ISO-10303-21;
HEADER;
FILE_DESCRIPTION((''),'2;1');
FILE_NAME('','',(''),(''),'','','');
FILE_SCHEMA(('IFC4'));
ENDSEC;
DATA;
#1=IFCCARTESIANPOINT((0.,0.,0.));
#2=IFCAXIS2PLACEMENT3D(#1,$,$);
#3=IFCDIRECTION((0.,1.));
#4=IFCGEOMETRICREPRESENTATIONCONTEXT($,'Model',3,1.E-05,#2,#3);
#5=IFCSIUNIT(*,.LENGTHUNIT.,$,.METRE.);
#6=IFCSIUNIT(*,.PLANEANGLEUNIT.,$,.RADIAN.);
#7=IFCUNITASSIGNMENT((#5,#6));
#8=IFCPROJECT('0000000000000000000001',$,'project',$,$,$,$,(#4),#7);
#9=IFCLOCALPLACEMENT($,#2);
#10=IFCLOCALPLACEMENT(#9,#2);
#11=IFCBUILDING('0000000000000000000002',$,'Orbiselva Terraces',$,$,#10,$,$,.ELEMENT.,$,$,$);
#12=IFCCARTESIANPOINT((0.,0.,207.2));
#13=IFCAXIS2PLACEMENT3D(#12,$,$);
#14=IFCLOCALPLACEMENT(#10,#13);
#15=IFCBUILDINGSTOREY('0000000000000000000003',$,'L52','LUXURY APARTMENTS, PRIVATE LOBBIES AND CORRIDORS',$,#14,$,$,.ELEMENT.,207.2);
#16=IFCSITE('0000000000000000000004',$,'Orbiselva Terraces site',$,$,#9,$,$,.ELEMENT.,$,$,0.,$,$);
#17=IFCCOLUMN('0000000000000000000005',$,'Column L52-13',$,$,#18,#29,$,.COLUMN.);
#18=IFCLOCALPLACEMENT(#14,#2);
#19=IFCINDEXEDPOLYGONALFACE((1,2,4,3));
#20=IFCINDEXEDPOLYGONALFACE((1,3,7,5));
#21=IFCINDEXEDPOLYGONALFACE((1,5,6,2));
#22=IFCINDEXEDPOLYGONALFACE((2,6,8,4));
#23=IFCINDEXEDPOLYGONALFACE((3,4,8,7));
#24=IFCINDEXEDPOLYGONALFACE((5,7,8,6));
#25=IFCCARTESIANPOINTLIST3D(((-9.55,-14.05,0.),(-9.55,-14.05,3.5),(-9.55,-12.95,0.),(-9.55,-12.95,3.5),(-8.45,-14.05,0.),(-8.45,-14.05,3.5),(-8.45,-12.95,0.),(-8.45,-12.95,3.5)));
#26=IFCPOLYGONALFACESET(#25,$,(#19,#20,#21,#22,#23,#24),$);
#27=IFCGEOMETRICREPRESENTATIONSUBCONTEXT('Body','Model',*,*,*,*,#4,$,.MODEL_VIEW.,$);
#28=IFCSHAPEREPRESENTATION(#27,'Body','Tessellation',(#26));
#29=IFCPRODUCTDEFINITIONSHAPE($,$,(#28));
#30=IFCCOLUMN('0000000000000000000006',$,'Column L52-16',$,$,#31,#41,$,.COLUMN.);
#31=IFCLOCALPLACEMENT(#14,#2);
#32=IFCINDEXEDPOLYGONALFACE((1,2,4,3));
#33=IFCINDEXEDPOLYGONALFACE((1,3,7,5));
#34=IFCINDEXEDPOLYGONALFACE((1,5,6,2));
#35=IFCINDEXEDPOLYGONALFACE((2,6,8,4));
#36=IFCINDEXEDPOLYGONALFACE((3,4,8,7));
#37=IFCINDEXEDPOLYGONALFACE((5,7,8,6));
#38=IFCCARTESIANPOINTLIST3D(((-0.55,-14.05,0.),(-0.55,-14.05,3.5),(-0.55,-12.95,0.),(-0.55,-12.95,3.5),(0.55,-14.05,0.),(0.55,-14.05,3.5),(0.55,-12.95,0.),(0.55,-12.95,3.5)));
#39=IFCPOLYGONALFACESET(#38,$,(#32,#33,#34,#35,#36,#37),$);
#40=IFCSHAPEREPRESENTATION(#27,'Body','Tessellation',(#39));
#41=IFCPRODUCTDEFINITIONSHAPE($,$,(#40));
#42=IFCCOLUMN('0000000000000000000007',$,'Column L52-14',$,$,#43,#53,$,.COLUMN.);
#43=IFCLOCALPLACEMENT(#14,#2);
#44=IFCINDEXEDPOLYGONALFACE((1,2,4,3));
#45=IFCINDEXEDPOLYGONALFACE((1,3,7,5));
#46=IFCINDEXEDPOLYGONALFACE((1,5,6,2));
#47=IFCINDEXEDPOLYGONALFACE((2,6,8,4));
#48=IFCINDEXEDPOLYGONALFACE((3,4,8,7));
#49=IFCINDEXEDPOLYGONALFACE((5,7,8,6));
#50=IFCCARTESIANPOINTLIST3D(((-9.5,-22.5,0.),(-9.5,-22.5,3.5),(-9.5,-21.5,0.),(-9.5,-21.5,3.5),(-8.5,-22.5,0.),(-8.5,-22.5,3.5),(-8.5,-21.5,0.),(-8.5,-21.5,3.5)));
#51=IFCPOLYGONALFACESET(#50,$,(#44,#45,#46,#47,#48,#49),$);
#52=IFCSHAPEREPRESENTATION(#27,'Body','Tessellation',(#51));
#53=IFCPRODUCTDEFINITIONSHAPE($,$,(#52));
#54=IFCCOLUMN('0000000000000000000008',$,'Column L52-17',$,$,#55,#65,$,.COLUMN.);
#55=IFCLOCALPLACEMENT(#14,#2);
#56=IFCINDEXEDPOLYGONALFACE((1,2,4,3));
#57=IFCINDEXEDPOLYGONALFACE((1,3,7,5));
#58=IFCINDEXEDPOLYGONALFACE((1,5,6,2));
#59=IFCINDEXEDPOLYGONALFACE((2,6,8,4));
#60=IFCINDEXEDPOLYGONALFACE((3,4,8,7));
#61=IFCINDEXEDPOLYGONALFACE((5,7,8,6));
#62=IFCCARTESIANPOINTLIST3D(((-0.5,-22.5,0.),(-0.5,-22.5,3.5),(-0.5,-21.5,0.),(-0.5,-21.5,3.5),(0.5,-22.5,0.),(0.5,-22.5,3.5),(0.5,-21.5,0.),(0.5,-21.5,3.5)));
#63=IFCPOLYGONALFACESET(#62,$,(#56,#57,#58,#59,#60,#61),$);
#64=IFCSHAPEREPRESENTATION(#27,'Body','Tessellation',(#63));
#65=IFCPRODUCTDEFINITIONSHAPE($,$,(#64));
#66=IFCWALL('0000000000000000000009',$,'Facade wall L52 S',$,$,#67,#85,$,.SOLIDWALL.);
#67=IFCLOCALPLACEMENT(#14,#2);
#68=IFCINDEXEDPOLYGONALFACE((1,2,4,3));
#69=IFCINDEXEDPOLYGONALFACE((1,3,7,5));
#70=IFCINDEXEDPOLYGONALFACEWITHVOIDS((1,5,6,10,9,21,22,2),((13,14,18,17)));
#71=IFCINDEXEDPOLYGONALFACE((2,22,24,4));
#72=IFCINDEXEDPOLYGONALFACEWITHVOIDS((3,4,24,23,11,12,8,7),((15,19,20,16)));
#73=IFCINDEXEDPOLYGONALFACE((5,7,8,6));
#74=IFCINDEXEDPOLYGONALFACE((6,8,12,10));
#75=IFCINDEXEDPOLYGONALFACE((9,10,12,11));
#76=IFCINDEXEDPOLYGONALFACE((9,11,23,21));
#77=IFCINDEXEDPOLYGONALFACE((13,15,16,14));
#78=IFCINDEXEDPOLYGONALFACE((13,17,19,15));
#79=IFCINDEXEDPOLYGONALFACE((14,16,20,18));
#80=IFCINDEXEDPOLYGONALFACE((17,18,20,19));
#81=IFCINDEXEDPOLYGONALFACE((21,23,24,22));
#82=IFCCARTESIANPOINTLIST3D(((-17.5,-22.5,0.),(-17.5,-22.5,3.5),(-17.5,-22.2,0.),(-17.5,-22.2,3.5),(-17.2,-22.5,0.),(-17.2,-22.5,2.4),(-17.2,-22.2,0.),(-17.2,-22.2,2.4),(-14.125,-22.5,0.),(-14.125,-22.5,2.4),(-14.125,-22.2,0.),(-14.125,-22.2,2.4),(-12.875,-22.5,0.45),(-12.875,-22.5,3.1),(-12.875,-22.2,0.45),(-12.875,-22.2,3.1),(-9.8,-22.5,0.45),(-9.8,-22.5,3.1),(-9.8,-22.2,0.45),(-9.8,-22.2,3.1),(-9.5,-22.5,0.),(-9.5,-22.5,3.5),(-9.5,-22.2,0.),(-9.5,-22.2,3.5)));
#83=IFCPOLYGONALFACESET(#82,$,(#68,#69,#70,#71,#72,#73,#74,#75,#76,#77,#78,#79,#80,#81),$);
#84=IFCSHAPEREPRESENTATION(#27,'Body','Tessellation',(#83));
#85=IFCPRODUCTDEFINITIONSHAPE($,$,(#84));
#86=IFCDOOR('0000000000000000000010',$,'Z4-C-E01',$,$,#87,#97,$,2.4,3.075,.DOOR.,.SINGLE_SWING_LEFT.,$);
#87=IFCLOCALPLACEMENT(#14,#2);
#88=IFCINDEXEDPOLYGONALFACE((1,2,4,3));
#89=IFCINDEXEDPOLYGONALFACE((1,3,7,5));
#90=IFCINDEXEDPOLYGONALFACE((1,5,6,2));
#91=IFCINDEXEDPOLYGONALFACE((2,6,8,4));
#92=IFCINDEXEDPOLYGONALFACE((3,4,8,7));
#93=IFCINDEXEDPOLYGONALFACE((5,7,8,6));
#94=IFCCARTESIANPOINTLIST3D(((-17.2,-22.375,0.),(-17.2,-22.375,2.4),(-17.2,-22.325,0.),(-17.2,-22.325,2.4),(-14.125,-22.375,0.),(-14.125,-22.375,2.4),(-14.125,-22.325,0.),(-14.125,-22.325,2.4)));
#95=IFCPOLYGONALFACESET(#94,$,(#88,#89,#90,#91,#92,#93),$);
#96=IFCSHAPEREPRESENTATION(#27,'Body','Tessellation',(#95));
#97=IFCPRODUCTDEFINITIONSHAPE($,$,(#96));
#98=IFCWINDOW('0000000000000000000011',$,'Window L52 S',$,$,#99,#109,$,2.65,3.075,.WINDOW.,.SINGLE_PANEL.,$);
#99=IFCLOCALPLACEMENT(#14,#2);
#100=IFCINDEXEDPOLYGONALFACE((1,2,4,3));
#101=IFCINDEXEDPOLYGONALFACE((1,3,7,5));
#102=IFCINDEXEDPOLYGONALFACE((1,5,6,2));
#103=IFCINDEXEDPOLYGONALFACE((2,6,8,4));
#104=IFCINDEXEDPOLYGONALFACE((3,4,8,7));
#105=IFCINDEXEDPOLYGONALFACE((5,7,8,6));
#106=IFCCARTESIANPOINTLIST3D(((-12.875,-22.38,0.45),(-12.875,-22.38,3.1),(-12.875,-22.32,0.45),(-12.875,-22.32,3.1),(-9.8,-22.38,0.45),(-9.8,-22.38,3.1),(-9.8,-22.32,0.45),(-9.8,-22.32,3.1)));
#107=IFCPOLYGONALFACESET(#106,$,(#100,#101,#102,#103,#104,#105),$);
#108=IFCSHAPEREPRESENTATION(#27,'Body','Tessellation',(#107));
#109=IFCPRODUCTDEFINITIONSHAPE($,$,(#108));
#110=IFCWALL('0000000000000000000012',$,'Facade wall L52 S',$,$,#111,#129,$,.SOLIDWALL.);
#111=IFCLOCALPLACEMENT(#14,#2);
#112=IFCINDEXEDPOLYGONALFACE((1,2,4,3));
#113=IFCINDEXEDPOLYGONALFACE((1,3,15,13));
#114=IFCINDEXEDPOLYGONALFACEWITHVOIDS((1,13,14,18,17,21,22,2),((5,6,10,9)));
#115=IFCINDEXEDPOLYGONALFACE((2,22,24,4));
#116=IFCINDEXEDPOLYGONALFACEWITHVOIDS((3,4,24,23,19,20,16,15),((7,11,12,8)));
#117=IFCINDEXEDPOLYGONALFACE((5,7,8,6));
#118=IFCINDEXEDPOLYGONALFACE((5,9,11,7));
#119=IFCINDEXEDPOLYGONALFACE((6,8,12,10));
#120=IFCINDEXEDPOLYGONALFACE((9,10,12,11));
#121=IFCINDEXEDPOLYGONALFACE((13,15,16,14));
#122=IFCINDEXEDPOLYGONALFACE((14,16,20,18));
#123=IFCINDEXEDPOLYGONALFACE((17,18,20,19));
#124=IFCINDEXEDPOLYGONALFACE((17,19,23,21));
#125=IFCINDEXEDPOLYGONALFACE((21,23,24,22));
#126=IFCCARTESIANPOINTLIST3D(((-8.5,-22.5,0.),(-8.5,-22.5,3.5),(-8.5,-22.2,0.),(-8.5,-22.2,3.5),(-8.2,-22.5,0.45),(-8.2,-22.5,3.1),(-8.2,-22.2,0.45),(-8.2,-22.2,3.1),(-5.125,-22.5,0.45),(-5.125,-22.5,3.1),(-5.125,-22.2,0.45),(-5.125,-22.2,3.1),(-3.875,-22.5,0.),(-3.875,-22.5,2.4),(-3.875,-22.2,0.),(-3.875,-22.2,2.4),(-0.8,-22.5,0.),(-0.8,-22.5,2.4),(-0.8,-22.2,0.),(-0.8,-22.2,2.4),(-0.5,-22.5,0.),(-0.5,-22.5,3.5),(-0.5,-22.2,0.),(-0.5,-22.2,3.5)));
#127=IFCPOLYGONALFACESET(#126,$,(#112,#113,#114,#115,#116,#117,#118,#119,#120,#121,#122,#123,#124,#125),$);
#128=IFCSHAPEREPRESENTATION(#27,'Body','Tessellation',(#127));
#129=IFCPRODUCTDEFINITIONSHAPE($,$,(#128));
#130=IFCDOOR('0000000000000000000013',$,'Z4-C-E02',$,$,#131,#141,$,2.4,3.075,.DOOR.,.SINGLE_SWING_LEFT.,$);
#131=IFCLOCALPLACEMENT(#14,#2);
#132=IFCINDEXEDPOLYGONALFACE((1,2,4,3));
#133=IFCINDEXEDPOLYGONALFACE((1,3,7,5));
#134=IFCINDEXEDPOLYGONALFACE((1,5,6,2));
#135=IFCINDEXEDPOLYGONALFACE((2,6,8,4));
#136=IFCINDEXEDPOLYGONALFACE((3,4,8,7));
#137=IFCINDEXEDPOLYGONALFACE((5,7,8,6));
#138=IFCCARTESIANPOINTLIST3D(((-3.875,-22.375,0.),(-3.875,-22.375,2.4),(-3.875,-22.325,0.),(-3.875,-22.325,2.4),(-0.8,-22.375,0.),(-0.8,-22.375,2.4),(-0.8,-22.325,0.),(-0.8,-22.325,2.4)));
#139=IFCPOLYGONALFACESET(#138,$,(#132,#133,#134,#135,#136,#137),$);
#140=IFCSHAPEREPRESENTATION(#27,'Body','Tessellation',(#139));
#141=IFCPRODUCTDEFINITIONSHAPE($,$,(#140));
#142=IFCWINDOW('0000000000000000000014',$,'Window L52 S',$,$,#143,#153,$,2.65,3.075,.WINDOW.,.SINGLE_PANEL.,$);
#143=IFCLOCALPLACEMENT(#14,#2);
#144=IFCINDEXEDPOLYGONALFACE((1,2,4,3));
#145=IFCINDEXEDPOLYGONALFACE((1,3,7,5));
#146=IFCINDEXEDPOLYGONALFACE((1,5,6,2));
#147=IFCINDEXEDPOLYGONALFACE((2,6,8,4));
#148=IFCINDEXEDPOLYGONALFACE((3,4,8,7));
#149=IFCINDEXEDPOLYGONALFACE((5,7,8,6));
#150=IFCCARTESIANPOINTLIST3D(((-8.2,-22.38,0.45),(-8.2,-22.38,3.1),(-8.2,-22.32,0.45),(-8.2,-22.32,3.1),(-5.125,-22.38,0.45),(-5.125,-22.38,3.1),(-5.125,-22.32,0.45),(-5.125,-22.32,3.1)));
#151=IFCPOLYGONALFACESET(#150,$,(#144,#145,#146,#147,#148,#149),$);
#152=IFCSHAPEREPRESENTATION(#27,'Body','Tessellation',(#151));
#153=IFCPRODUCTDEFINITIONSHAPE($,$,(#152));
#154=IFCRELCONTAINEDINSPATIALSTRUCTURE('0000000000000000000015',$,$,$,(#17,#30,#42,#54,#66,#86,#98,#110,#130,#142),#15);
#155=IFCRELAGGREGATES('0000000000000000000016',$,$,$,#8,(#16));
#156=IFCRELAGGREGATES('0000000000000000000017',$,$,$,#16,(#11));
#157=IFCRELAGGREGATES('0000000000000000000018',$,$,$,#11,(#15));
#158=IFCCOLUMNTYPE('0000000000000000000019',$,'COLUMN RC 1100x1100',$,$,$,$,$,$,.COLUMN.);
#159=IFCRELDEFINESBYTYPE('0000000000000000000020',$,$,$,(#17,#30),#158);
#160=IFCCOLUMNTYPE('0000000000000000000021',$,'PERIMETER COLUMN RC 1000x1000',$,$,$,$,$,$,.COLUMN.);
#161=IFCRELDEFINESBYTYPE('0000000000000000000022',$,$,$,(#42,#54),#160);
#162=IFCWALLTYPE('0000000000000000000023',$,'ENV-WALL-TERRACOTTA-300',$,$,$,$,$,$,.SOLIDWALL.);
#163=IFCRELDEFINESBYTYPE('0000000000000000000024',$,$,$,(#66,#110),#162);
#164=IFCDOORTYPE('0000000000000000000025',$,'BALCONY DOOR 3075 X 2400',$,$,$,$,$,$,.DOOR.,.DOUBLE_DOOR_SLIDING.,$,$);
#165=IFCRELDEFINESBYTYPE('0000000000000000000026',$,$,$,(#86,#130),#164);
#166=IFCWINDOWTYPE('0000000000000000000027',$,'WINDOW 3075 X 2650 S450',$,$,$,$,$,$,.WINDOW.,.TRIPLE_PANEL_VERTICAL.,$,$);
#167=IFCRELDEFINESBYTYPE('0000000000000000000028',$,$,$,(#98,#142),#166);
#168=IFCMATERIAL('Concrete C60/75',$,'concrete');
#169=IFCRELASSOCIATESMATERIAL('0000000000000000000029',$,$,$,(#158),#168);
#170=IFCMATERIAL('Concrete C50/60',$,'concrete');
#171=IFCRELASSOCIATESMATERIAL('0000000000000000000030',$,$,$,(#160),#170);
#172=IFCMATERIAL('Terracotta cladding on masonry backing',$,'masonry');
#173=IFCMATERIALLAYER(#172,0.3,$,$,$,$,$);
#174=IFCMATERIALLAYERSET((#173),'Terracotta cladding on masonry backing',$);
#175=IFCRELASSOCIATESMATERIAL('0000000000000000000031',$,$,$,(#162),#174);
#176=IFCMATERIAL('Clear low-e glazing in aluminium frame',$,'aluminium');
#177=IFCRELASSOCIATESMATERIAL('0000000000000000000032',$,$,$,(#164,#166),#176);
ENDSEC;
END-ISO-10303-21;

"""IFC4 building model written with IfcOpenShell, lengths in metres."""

from ifc_helpers import new_model, si_unit, direction, frame, frame_2d, origin, origin_2d, place, context, subcontext, project, spatial, rectangle, extrude, material, layer, layer_set, material_profile, profile_set, type_object, element, fill, save


model = new_model("IFC4")

# Units and contexts
model_context = context("Model", 3, precision=1e-05, world=origin(), true_north=direction((0.0, 1.0)))
body_context = subcontext(model_context, "Body", "Model", "MODEL_VIEW")
ifc_project = project(units=[si_unit("LENGTHUNIT", "METRE"), si_unit("PLANEANGLEUNIT", "RADIAN")], contexts=[model_context])

# Site, building, storey
site_placement = place(None, origin())
site = spatial("IfcSite", under=ifc_project, at=site_placement, Name="Orbiselva Terraces site", CompositionType="ELEMENT", RefElevation=0.0)
building_placement = place(site_placement, origin())
building = spatial("IfcBuilding", under=site, at=building_placement, Name="Orbiselva Terraces", CompositionType="ELEMENT")
storey_placement = place(building_placement, frame((0.0, 0.0, 207.2)))
storey = spatial("IfcBuildingStorey", under=building, at=storey_placement, Name="L52", Description="LUXURY APARTMENTS, PRIVATE LOBBIES AND CORRIDORS", CompositionType="ELEMENT", Elevation=207.2)

# Columns
ifc_material_1 = material(Name="Concrete C60/75", Category="concrete")
ifc_material_profile_1 = material_profile(ifc_material_1, rectangle(XDim=1.1, YDim=1.1, at=origin_2d()), Name="RC 1100x1100")
ifc_profile_set_1 = profile_set([ifc_material_profile_1], Name="Concrete C60/75")
column_type_1 = type_object("IfcColumnType", Name="COLUMN RC 1100x1100", PredefinedType="COLUMN", material=ifc_profile_set_1)
for number, where, z_axis, x_axis, name in (
    (1, (-9.0, -13.5, 0.0), (0.0, 0.0, 1.0), (1.0, 0.0, 0.0), "Column L52-13"),
    (2, (0.0, -13.5, 0.0), (0.0, 0.0, 1.0), (1.0, 0.0, 0.0), "Column L52-16"),
):
    element("IfcColumn", number, at=place(storey_placement, frame(where, z_axis=z_axis, x_axis=x_axis)), inside=storey, type_object=column_type_1, Name=name, PredefinedType="COLUMN", context=body_context, shape_type="SweptSolid", body=[
        extrude(rectangle(XDim=1.1, YDim=1.1, at=origin_2d()), origin(), (0.0, 0.0, 1.0), 3.5),
    ])
ifc_material_2 = material(Name="Concrete C50/60", Category="concrete")
ifc_material_profile_2 = material_profile(ifc_material_2, rectangle(XDim=1.0, YDim=1.0, at=origin_2d()), Name="RC 1000x1000")
ifc_profile_set_2 = profile_set([ifc_material_profile_2], Name="Concrete C50/60")
column_type_2 = type_object("IfcColumnType", Name="PERIMETER COLUMN RC 1000x1000", PredefinedType="COLUMN", material=ifc_profile_set_2)
for number, where, z_axis, x_axis, name in (
    (3, (-9.0, -22.0, 0.0), (0.0, 0.0, 1.0), (1.0, 0.0, 0.0), "Column L52-14"),
    (4, (0.0, -22.0, 0.0), (0.0, 0.0, 1.0), (1.0, 0.0, 0.0), "Column L52-17"),
):
    element("IfcColumn", number, at=place(storey_placement, frame(where, z_axis=z_axis, x_axis=x_axis)), inside=storey, type_object=column_type_2, Name=name, PredefinedType="COLUMN", context=body_context, shape_type="SweptSolid", body=[
        extrude(rectangle(XDim=1.0, YDim=1.0, at=origin_2d()), origin(), (0.0, 0.0, 1.0), 3.5),
    ])

# Walls, openings, doors, windows
ifc_material_3 = material(Name="Terracotta cladding on masonry backing", Category="masonry")
ifc_layer_1 = layer(ifc_material_3, 0.3)
ifc_layer_set_1 = layer_set([ifc_layer_1], Name="Terracotta cladding on masonry backing")
wall_type_1 = type_object("IfcWallType", Name="ENV-WALL-TERRACOTTA-300", PredefinedType="SOLIDWALL", material=ifc_layer_set_1)
wall_1_placement = place(storey_placement, frame((-9.5, -22.35, 0.0), z_axis=(0.0, 0.0, 1.0), x_axis=(-1.0, 0.0, 0.0)))
wall_1 = element("IfcWall", 5, at=wall_1_placement, inside=storey, type_object=wall_type_1, Name="Facade wall L52 S", PredefinedType="SOLIDWALL", context=body_context, shape_type="SweptSolid", body=[
    extrude(rectangle(XDim=8.0, YDim=0.3, at=frame_2d((4.0, 0.0))), origin(), (0.0, 0.0, 1.0), 3.5),
])
opening_1_placement = place(wall_1_placement, frame((4.625, 0.0, 0.0)))
opening_1 = element("IfcOpeningElement", 6, at=opening_1_placement, cuts=wall_1, PredefinedType="OPENING", context=body_context, shape_type="SweptSolid", body=[
    extrude(rectangle(XDim=3.075, YDim=2.4, at=frame_2d((1.5375, 1.2))), frame((0.0, 0.16, 0.0), z_axis=(0.0, -1.0, 0.0), x_axis=(1.0, 0.0, 0.0)), (0.0, 0.0, 1.0), 0.32),
])
opening_2_placement = place(wall_1_placement, frame((0.3, 0.0, 0.45)))
opening_2 = element("IfcOpeningElement", 7, at=opening_2_placement, cuts=wall_1, PredefinedType="OPENING", context=body_context, shape_type="SweptSolid", body=[
    extrude(rectangle(XDim=3.075, YDim=2.65, at=frame_2d((1.5375, 1.325))), frame((0.0, 0.16, 0.0), z_axis=(0.0, -1.0, 0.0), x_axis=(1.0, 0.0, 0.0)), (0.0, 0.0, 1.0), 0.32),
])
ifc_material_4 = material(Name="Clear low-e glazing in aluminium frame", Category="aluminium")
door_type_1 = type_object("IfcDoorType", Name="BALCONY DOOR 3075 X 2400", OperationType="DOUBLE_DOOR_SLIDING", PredefinedType="DOOR", material=ifc_material_4)
door_1_placement = place(opening_1_placement, origin())
door_1 = element("IfcDoor", 8, at=door_1_placement, inside=storey, type_object=door_type_1, Name="Z4-C-E01", OperationType="SINGLE_SWING_LEFT", OverallHeight=2.4, OverallWidth=3.075, PredefinedType="DOOR", context=body_context, shape_type="SweptSolid", body=[
    extrude(rectangle(XDim=3.075, YDim=2.4, at=frame_2d((1.5375, 1.2))), frame((0.0, 0.025, 0.0), z_axis=(0.0, -1.0, 0.0), x_axis=(1.0, 0.0, 0.0)), (0.0, 0.0, 1.0), 0.05),
])
fill(opening_1, door_1)
window_type = type_object("IfcWindowType", Name="WINDOW 3075 X 2650 S450", PartitioningType="TRIPLE_PANEL_VERTICAL", PredefinedType="WINDOW", material=ifc_material_4)
window_1_placement = place(opening_2_placement, origin())
window_1 = element("IfcWindow", 9, at=window_1_placement, inside=storey, type_object=window_type, Name="Window L52 S", OverallHeight=2.65, OverallWidth=3.075, PartitioningType="SINGLE_PANEL", PredefinedType="WINDOW", context=body_context, shape_type="SweptSolid", body=[
    extrude(rectangle(XDim=3.075, YDim=2.65, at=frame_2d((1.5375, 1.325))), frame((0.0, 0.03, 0.0), z_axis=(0.0, -1.0, 0.0), x_axis=(1.0, 0.0, 0.0)), (0.0, 0.0, 1.0), 0.06),
])
fill(opening_2, window_1)
wall_2_placement = place(storey_placement, frame((-0.5, -22.35, 0.0), z_axis=(0.0, 0.0, 1.0), x_axis=(-1.0, 0.0, 0.0)))
wall_2 = element("IfcWall", 10, at=wall_2_placement, inside=storey, type_object=wall_type_1, Name="Facade wall L52 S", PredefinedType="SOLIDWALL", context=body_context, shape_type="SweptSolid", body=[
    extrude(rectangle(XDim=8.0, YDim=0.3, at=frame_2d((4.0, 0.0))), origin(), (0.0, 0.0, 1.0), 3.5),
])
opening_3_placement = place(wall_2_placement, frame((4.625, 0.0, 0.45)))
opening_3 = element("IfcOpeningElement", 11, at=opening_3_placement, cuts=wall_2, PredefinedType="OPENING", context=body_context, shape_type="SweptSolid", body=[
    extrude(rectangle(XDim=3.075, YDim=2.65, at=frame_2d((1.5375, 1.325))), frame((0.0, 0.16, 0.0), z_axis=(0.0, -1.0, 0.0), x_axis=(1.0, 0.0, 0.0)), (0.0, 0.0, 1.0), 0.32),
])
opening_4_placement = place(wall_2_placement, frame((0.3, 0.0, 0.0)))
opening_4 = element("IfcOpeningElement", 12, at=opening_4_placement, cuts=wall_2, PredefinedType="OPENING", context=body_context, shape_type="SweptSolid", body=[
    extrude(rectangle(XDim=3.075, YDim=2.4, at=frame_2d((1.5375, 1.2))), frame((0.0, 0.16, 0.0), z_axis=(0.0, -1.0, 0.0), x_axis=(1.0, 0.0, 0.0)), (0.0, 0.0, 1.0), 0.32),
])
door_2_placement = place(opening_4_placement, origin())
door_2 = element("IfcDoor", 13, at=door_2_placement, inside=storey, type_object=door_type_1, Name="Z4-C-E02", OperationType="SINGLE_SWING_LEFT", OverallHeight=2.4, OverallWidth=3.075, PredefinedType="DOOR", context=body_context, shape_type="SweptSolid", body=[
    extrude(rectangle(XDim=3.075, YDim=2.4, at=frame_2d((1.5375, 1.2))), frame((0.0, 0.025, 0.0), z_axis=(0.0, -1.0, 0.0), x_axis=(1.0, 0.0, 0.0)), (0.0, 0.0, 1.0), 0.05),
])
fill(opening_4, door_2)
window_2_placement = place(opening_3_placement, origin())
window_2 = element("IfcWindow", 14, at=window_2_placement, inside=storey, type_object=window_type, Name="Window L52 S", OverallHeight=2.65, OverallWidth=3.075, PartitioningType="SINGLE_PANEL", PredefinedType="WINDOW", context=body_context, shape_type="SweptSolid", body=[
    extrude(rectangle(XDim=3.075, YDim=2.65, at=frame_2d((1.5375, 1.325))), frame((0.0, 0.03, 0.0), z_axis=(0.0, -1.0, 0.0), x_axis=(1.0, 0.0, 0.0)), (0.0, 0.0, 1.0), 0.06),
])
fill(opening_3, window_2)

save(model, "model.ifc")
